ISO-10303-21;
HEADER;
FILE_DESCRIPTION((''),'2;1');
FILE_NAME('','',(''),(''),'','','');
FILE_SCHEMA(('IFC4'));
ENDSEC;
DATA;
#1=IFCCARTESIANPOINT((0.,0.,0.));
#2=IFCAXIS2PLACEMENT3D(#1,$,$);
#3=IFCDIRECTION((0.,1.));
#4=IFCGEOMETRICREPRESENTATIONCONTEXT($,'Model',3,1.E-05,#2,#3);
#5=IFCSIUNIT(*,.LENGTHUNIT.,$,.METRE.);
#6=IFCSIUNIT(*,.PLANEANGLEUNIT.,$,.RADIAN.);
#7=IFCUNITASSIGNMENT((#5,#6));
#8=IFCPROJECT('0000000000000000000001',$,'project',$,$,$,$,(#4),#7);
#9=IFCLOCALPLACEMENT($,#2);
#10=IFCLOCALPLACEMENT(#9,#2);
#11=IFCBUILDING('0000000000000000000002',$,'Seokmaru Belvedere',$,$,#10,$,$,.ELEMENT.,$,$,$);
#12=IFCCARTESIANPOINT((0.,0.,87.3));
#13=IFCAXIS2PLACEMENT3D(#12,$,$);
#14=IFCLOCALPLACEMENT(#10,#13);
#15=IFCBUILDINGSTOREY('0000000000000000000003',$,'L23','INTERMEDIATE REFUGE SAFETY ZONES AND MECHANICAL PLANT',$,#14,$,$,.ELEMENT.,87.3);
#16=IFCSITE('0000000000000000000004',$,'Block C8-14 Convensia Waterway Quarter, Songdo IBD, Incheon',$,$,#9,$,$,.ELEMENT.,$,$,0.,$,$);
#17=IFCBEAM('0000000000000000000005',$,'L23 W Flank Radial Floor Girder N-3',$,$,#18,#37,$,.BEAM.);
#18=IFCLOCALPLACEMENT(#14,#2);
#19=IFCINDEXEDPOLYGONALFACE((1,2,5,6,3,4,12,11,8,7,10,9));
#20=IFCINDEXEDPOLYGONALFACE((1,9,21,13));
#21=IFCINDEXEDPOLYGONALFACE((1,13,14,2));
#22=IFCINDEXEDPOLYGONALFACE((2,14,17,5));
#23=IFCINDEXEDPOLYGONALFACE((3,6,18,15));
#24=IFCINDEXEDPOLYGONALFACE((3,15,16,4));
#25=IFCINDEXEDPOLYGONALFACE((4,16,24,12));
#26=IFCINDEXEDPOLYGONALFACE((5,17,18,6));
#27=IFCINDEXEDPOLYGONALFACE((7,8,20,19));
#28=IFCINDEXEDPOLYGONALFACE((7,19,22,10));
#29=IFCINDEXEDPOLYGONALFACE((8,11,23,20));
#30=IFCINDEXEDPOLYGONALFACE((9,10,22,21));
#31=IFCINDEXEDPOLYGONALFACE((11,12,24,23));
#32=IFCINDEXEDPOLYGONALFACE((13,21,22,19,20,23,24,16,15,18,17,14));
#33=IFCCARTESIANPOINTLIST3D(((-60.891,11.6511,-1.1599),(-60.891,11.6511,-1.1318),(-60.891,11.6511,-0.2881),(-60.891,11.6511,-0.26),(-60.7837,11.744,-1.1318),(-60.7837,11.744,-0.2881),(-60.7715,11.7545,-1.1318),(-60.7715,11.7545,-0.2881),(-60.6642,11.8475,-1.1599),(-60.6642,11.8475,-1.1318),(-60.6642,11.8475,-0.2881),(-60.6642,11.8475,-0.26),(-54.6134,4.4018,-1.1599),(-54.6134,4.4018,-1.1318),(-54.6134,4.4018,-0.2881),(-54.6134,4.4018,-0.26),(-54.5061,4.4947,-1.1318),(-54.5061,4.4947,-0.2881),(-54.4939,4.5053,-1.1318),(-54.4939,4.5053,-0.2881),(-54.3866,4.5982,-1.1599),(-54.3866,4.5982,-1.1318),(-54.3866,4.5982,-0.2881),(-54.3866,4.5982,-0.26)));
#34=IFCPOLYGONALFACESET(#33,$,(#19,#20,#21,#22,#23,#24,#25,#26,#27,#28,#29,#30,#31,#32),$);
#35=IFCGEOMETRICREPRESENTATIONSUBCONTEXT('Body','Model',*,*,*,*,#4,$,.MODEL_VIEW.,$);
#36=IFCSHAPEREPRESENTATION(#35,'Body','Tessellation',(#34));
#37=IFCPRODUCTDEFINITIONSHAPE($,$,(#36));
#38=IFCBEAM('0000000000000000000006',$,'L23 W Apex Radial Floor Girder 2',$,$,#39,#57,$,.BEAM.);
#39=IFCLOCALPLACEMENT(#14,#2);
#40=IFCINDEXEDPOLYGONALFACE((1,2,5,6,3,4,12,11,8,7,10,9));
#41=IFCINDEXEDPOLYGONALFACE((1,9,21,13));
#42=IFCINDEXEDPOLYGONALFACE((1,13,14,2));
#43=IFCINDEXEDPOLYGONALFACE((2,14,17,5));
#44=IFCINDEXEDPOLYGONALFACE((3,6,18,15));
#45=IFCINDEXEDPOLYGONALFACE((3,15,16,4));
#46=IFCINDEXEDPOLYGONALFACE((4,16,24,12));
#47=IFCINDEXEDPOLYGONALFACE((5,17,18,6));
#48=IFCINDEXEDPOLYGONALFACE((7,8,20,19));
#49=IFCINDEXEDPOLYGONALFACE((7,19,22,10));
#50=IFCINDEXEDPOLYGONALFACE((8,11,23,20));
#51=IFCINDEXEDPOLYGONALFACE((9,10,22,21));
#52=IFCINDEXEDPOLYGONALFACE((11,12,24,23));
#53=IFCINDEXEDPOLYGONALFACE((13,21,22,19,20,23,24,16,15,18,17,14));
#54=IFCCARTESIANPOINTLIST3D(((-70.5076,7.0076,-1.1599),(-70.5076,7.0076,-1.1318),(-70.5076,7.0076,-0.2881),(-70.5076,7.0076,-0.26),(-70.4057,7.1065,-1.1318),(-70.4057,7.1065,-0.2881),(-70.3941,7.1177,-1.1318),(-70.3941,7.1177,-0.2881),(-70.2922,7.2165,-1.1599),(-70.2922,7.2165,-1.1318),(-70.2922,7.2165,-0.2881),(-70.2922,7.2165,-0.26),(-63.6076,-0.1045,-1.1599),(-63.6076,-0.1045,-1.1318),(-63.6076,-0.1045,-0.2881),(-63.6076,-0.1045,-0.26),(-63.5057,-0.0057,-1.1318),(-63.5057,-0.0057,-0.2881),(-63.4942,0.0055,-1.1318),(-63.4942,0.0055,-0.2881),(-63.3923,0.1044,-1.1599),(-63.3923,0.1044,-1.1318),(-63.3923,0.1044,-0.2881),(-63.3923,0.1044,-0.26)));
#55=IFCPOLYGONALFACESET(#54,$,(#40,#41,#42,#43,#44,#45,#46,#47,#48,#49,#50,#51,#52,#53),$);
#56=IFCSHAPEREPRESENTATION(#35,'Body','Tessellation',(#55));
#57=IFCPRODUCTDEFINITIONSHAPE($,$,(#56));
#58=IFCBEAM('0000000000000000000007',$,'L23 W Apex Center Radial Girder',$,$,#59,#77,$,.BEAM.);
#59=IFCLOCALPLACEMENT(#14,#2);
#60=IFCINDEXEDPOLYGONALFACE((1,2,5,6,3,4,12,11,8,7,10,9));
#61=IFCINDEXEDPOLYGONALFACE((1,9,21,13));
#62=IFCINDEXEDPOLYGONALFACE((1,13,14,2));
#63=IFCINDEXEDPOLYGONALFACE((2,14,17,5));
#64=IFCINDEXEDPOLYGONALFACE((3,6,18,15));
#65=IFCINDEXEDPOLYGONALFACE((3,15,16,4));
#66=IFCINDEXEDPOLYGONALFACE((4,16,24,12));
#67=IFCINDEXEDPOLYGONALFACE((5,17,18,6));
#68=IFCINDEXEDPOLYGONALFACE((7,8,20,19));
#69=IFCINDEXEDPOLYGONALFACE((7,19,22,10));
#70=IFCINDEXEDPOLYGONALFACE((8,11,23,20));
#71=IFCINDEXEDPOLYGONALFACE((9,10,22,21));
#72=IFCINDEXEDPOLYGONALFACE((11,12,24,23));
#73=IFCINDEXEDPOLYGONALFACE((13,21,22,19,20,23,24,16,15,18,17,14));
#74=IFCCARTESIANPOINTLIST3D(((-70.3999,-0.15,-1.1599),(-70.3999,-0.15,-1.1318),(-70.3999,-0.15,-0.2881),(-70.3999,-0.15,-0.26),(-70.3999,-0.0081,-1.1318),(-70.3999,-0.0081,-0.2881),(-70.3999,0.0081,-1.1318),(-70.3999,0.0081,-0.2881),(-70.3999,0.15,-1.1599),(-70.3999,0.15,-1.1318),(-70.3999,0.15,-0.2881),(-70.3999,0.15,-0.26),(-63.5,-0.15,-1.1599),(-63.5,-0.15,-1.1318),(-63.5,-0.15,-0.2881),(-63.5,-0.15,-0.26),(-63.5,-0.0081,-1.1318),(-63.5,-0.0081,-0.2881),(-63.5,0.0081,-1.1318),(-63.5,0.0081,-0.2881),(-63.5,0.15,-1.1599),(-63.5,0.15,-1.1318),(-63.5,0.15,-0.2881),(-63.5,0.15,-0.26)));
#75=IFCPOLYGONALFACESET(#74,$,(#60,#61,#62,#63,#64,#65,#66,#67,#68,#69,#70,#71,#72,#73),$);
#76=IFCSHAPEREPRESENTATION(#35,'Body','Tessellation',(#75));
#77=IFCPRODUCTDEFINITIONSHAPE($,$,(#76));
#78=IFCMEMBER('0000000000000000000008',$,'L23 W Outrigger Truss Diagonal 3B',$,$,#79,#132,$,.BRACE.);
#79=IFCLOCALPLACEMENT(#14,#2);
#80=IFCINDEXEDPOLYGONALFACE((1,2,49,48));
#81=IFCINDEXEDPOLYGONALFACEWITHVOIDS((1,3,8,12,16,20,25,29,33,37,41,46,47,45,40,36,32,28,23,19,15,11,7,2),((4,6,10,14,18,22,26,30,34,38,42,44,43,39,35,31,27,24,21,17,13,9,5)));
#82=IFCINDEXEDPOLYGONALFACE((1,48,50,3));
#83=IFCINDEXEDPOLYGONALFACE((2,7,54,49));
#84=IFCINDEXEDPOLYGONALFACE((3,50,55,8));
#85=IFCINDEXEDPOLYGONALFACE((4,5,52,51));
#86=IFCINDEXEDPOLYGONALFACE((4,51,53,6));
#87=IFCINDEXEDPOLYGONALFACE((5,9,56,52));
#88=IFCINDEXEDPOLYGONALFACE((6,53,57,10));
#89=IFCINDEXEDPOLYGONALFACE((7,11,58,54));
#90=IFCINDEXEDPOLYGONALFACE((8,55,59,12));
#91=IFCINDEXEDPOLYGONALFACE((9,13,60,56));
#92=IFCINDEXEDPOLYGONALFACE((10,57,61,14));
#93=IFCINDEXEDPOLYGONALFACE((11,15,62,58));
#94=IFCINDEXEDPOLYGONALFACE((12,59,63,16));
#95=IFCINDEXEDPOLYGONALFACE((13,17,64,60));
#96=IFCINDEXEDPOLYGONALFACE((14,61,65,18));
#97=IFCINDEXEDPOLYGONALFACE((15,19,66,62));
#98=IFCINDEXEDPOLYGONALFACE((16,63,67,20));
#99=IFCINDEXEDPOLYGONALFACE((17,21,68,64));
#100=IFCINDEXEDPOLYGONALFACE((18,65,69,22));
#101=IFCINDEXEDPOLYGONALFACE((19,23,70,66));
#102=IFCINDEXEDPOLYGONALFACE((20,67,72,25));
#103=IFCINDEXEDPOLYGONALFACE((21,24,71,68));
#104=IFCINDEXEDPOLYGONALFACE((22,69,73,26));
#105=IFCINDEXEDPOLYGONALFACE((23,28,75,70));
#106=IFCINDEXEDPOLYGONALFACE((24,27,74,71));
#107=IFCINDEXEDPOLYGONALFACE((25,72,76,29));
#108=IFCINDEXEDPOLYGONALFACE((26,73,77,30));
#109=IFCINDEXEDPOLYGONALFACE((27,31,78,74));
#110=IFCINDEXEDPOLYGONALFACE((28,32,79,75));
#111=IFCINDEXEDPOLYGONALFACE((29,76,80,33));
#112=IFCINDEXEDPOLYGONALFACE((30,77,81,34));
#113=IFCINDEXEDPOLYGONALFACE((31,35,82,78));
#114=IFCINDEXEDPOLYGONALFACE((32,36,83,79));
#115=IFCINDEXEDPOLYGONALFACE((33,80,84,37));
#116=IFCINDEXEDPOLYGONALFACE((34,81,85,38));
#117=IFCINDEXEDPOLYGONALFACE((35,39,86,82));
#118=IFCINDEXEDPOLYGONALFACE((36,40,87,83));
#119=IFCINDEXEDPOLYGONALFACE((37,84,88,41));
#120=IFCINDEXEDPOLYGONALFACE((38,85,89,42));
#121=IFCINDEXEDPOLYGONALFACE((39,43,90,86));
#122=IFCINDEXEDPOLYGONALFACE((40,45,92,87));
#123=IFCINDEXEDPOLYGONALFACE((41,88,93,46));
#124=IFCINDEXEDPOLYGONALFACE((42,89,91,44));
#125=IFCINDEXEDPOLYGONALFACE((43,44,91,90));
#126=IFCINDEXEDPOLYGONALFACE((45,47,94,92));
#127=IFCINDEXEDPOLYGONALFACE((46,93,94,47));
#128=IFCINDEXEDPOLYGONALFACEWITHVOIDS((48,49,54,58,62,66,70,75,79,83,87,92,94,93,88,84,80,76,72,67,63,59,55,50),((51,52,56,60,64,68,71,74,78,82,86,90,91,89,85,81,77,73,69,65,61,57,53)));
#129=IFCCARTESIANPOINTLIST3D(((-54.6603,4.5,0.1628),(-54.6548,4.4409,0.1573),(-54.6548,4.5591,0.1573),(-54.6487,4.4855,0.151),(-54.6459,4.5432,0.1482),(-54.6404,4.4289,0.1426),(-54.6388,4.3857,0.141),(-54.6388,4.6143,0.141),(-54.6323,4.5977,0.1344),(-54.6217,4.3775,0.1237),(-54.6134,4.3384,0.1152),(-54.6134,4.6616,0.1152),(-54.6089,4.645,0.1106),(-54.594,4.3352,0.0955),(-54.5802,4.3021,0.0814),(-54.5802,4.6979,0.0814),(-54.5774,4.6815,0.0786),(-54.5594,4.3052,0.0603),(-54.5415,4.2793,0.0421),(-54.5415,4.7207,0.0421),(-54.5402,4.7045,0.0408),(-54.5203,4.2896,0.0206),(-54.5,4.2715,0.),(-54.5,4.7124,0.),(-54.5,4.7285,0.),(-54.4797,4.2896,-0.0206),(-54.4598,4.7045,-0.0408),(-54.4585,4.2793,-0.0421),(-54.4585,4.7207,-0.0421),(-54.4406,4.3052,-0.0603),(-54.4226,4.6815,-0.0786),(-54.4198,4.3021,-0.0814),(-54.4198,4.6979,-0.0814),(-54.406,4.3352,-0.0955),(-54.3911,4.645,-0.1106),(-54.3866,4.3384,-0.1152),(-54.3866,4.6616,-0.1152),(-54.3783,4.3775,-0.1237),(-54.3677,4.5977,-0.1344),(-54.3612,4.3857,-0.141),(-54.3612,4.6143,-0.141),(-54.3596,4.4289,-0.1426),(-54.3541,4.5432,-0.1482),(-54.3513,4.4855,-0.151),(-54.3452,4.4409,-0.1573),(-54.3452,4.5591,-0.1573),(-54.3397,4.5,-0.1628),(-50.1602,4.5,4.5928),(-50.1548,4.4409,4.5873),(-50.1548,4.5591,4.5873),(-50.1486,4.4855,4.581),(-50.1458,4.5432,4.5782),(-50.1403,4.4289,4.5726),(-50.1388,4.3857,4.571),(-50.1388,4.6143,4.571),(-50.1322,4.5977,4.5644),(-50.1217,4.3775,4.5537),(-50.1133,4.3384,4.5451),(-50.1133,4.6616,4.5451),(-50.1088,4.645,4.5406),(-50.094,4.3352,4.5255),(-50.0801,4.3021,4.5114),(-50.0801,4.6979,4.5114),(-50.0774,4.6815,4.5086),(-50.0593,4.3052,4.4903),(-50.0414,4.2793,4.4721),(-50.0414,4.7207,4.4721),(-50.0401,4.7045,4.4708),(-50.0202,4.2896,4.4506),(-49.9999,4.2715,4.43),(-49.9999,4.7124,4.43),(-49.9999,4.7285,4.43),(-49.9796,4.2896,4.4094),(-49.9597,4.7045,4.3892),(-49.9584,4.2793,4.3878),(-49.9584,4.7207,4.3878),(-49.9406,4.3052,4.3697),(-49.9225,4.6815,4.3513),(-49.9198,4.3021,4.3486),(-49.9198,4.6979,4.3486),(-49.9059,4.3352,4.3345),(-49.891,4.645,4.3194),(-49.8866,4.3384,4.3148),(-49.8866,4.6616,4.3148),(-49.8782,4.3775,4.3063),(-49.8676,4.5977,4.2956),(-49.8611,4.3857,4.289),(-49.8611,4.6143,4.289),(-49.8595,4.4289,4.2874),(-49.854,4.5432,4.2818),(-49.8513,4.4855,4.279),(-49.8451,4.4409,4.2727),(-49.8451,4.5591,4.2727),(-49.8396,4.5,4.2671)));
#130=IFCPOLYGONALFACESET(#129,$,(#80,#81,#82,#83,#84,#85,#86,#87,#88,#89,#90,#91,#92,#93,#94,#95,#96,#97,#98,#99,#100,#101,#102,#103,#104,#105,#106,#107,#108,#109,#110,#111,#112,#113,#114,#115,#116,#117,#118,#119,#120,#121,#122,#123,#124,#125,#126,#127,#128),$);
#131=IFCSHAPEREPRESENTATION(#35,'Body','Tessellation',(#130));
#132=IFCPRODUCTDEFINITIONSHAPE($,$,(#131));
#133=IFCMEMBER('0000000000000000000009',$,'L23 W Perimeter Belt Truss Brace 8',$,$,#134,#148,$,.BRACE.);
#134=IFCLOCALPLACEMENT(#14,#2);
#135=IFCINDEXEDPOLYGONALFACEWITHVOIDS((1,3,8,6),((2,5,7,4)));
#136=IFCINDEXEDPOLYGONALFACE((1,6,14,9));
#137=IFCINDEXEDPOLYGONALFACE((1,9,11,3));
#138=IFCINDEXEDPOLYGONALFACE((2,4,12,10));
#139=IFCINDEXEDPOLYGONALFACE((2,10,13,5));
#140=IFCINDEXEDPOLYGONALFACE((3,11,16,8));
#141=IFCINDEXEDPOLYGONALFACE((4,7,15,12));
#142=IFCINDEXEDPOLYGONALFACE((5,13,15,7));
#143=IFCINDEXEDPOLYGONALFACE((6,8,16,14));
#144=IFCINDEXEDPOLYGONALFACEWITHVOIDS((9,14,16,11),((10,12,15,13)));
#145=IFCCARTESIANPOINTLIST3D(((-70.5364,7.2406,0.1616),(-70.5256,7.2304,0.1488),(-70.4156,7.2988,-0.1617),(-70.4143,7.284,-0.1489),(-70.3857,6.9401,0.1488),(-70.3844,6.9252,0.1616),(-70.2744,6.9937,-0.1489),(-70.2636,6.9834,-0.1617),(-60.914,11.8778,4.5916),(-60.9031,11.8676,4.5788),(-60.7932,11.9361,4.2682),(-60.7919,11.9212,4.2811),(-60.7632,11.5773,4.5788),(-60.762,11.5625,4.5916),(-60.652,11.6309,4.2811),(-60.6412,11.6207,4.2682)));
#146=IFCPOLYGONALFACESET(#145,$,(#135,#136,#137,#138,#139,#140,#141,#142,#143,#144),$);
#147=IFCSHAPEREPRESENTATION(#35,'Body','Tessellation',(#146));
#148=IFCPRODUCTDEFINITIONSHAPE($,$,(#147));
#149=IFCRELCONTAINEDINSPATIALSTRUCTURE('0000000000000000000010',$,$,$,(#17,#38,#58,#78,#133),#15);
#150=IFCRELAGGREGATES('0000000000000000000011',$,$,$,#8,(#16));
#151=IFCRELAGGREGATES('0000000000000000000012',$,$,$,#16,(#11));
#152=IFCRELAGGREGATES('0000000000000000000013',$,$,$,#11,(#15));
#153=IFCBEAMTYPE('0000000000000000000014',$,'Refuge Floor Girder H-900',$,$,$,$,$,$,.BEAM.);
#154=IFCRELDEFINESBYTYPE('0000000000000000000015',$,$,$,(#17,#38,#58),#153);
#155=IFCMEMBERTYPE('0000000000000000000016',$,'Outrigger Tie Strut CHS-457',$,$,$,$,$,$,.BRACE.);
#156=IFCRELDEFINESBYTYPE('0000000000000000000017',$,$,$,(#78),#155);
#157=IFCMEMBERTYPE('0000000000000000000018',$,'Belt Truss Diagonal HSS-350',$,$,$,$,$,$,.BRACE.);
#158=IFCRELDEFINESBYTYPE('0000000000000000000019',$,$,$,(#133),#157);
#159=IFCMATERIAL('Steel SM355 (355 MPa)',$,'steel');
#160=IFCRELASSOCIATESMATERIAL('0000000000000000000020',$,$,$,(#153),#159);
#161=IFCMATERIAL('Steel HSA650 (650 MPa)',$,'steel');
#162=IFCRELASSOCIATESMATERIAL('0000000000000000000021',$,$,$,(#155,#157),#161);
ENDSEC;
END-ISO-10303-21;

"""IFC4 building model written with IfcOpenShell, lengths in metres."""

from ifc_helpers import new_model, si_unit, direction, frame, origin, origin_2d, place, context, subcontext, project, spatial, hollow_rectangle, hollow_circle, i_section, extrude, source, transform, mapped, material, material_profile, profile_set, type_object, type_shapes, element, save


model = new_model("IFC4")

# Units and contexts
model_context = context("Model", 3, precision=1e-05, world=origin(), true_north=direction((0.0, 1.0)))
body_context = subcontext(model_context, "Body", "Model", "MODEL_VIEW")
ifc_project = project(units=[si_unit("LENGTHUNIT", "METRE"), si_unit("PLANEANGLEUNIT", "RADIAN")], contexts=[model_context])

# Site, building, storey
site_placement = place(None, origin())
site = spatial("IfcSite", under=ifc_project, at=site_placement, Name="Block C8-14 Convensia Waterway Quarter, Songdo IBD, Incheon", CompositionType="ELEMENT", RefElevation=0.0)
building_placement = place(site_placement, origin())
building = spatial("IfcBuilding", under=site, at=building_placement, Name="Seokmaru Belvedere", CompositionType="ELEMENT")
storey_placement = place(building_placement, frame((0.0, 0.0, 87.3)))
storey = spatial("IfcBuildingStorey", under=building, at=storey_placement, Name="L23", Description="INTERMEDIATE REFUGE SAFETY ZONES AND MECHANICAL PLANT", CompositionType="ELEMENT", Elevation=87.3)

# Shared definitions
ifc_material_1 = material(Name="Steel SM355 (355 MPa)", Category="steel")

# Beams
ifc_material_profile_1 = material_profile(ifc_material_1, i_section(OverallWidth=0.3, OverallDepth=0.8999, WebThickness=0.0161, FlangeThickness=0.0281, at=origin_2d()), Name="H-900x300x16x28")
ifc_profile_set_1 = profile_set([ifc_material_profile_1], Name="Steel SM355 (355 MPa)")
beam_type_1 = type_object("IfcBeamType", Name="Refuge Floor Girder H-900", PredefinedType="BEAM", material=ifc_profile_set_1)
shared_shape_1 = source(origin(), body_context, "Body", "SweptSolid", [
    extrude(i_section(OverallWidth=0.3, OverallDepth=0.8999, WebThickness=0.0161, FlangeThickness=0.0281, at=origin_2d()), origin(), (0.0, 0.0, 1.0), 9.5896),
])
beam_1_placement = place(storey_placement, frame((-60.7776, 11.7493, -0.71), z_axis=(0.654626, -0.755953, 0.0), x_axis=(0.755953, 0.654626, 0.0)))
element("IfcBeam", 1, at=beam_1_placement, inside=storey, type_object=beam_type_1, Name="L23 W Flank Radial Floor Girder N-3", PredefinedType="BEAM", context=body_context, shape_type="MappedRepresentation", body=[
    mapped(shared_shape_1, transform((0.0, 0.0, 0.0), scale=1.0)),
])
shared_shape_2 = source(origin(), body_context, "Body", "SweptSolid", [
    extrude(i_section(OverallWidth=0.3, OverallDepth=0.8999, WebThickness=0.0161, FlangeThickness=0.0281, at=origin_2d()), origin(), (0.0, 0.0, 1.0), 9.9092),
])
beam_2_placement = place(storey_placement, frame((-70.3999, 7.1121, -0.71), z_axis=(0.696321, -0.717731, 0.0), x_axis=(0.717731, 0.696321, 0.0)))
element("IfcBeam", 2, at=beam_2_placement, inside=storey, type_object=beam_type_1, Name="L23 W Apex Radial Floor Girder 2", PredefinedType="BEAM", context=body_context, shape_type="MappedRepresentation", body=[
    mapped(shared_shape_2, transform((0.0, 0.0, 0.0), scale=1.0)),
])
shared_shape_3 = source(origin(), body_context, "Body", "SweptSolid", [
    extrude(i_section(OverallWidth=0.3, OverallDepth=0.8999, WebThickness=0.0161, FlangeThickness=0.0281, at=origin_2d()), origin(), (0.0, 0.0, 1.0), 6.8999),
])
beam_3_placement = place(storey_placement, frame((-70.3999, 0.0, -0.71), z_axis=(1.0, 0.0, 0.0), x_axis=(0.0, 1.0, 0.0)))
element("IfcBeam", 3, at=beam_3_placement, inside=storey, type_object=beam_type_1, Name="L23 W Apex Center Radial Girder", PredefinedType="BEAM", context=body_context, shape_type="MappedRepresentation", body=[
    mapped(shared_shape_3, transform((0.0, 0.0, 0.0), scale=1.0)),
])

# Members
ifc_material_2 = material(Name="Steel HSA650 (650 MPa)", Category="steel")
ifc_material_profile_2 = material_profile(ifc_material_2, hollow_circle(Radius=0.2285, WallThickness=0.0161, at=origin_2d()), Name="CHS-457.2x16.0")
ifc_profile_set_2 = profile_set([ifc_material_profile_2], Name="Steel HSA650 (650 MPa)")
member_type_1 = type_object("IfcMemberType", Name="Outrigger Tie Strut CHS-457", PredefinedType="BRACE", material=ifc_profile_set_2)
shared_shape_4 = source(origin(), body_context, "Body", "SweptSolid", [
    extrude(hollow_circle(Radius=0.2285, WallThickness=0.0161, at=origin_2d()), origin(), (0.0, 0.0, 1.0), 6.3147),
])
type_shapes(member_type_1, [shared_shape_4])
member_1_placement = place(storey_placement, frame((-54.5, 4.5, 0.0), z_axis=(0.712633, 0.0, 0.701537), x_axis=(0.0, 1.0, 0.0)))
element("IfcMember", 4, at=member_1_placement, inside=storey, type_object=member_type_1, Name="L23 W Outrigger Truss Diagonal 3B", PredefinedType="BRACE", context=body_context, shape_type="MappedRepresentation", body=[
    mapped(shared_shape_4, transform((0.0, 0.0, 0.0), scale=1.0)),
])
ifc_material_profile_3 = material_profile(ifc_material_2, hollow_rectangle(XDim=0.3501, YDim=0.3501, WallThickness=0.0139, at=origin_2d()), Name="HSS-350x350x14")
ifc_profile_set_3 = profile_set([ifc_material_profile_3], Name="Steel HSA650 (650 MPa)")
member_type_2 = type_object("IfcMemberType", Name="Belt Truss Diagonal HSS-350", PredefinedType="BRACE", material=ifc_profile_set_3)
shared_shape_5 = source(origin(), body_context, "Body", "SweptSolid", [
    extrude(hollow_rectangle(XDim=0.3501, YDim=0.3501, WallThickness=0.0139, at=origin_2d()), origin(), (0.0, 0.0, 1.0), 11.5637),
])
type_shapes(member_type_2, [shared_shape_5])
member_2_placement = place(storey_placement, frame((-60.7776, 11.7493, 4.4299), z_axis=(-0.832121, -0.401017, -0.383093), x_axis=(0.434138, -0.900846, 0.0)))
element("IfcMember", 5, at=member_2_placement, inside=storey, type_object=member_type_2, Name="L23 W Perimeter Belt Truss Brace 8", PredefinedType="BRACE", context=body_context, shape_type="MappedRepresentation", body=[
    mapped(shared_shape_5, transform((0.0, 0.0, 0.0), scale=1.0)),
])

save(model, "model.ifc")
